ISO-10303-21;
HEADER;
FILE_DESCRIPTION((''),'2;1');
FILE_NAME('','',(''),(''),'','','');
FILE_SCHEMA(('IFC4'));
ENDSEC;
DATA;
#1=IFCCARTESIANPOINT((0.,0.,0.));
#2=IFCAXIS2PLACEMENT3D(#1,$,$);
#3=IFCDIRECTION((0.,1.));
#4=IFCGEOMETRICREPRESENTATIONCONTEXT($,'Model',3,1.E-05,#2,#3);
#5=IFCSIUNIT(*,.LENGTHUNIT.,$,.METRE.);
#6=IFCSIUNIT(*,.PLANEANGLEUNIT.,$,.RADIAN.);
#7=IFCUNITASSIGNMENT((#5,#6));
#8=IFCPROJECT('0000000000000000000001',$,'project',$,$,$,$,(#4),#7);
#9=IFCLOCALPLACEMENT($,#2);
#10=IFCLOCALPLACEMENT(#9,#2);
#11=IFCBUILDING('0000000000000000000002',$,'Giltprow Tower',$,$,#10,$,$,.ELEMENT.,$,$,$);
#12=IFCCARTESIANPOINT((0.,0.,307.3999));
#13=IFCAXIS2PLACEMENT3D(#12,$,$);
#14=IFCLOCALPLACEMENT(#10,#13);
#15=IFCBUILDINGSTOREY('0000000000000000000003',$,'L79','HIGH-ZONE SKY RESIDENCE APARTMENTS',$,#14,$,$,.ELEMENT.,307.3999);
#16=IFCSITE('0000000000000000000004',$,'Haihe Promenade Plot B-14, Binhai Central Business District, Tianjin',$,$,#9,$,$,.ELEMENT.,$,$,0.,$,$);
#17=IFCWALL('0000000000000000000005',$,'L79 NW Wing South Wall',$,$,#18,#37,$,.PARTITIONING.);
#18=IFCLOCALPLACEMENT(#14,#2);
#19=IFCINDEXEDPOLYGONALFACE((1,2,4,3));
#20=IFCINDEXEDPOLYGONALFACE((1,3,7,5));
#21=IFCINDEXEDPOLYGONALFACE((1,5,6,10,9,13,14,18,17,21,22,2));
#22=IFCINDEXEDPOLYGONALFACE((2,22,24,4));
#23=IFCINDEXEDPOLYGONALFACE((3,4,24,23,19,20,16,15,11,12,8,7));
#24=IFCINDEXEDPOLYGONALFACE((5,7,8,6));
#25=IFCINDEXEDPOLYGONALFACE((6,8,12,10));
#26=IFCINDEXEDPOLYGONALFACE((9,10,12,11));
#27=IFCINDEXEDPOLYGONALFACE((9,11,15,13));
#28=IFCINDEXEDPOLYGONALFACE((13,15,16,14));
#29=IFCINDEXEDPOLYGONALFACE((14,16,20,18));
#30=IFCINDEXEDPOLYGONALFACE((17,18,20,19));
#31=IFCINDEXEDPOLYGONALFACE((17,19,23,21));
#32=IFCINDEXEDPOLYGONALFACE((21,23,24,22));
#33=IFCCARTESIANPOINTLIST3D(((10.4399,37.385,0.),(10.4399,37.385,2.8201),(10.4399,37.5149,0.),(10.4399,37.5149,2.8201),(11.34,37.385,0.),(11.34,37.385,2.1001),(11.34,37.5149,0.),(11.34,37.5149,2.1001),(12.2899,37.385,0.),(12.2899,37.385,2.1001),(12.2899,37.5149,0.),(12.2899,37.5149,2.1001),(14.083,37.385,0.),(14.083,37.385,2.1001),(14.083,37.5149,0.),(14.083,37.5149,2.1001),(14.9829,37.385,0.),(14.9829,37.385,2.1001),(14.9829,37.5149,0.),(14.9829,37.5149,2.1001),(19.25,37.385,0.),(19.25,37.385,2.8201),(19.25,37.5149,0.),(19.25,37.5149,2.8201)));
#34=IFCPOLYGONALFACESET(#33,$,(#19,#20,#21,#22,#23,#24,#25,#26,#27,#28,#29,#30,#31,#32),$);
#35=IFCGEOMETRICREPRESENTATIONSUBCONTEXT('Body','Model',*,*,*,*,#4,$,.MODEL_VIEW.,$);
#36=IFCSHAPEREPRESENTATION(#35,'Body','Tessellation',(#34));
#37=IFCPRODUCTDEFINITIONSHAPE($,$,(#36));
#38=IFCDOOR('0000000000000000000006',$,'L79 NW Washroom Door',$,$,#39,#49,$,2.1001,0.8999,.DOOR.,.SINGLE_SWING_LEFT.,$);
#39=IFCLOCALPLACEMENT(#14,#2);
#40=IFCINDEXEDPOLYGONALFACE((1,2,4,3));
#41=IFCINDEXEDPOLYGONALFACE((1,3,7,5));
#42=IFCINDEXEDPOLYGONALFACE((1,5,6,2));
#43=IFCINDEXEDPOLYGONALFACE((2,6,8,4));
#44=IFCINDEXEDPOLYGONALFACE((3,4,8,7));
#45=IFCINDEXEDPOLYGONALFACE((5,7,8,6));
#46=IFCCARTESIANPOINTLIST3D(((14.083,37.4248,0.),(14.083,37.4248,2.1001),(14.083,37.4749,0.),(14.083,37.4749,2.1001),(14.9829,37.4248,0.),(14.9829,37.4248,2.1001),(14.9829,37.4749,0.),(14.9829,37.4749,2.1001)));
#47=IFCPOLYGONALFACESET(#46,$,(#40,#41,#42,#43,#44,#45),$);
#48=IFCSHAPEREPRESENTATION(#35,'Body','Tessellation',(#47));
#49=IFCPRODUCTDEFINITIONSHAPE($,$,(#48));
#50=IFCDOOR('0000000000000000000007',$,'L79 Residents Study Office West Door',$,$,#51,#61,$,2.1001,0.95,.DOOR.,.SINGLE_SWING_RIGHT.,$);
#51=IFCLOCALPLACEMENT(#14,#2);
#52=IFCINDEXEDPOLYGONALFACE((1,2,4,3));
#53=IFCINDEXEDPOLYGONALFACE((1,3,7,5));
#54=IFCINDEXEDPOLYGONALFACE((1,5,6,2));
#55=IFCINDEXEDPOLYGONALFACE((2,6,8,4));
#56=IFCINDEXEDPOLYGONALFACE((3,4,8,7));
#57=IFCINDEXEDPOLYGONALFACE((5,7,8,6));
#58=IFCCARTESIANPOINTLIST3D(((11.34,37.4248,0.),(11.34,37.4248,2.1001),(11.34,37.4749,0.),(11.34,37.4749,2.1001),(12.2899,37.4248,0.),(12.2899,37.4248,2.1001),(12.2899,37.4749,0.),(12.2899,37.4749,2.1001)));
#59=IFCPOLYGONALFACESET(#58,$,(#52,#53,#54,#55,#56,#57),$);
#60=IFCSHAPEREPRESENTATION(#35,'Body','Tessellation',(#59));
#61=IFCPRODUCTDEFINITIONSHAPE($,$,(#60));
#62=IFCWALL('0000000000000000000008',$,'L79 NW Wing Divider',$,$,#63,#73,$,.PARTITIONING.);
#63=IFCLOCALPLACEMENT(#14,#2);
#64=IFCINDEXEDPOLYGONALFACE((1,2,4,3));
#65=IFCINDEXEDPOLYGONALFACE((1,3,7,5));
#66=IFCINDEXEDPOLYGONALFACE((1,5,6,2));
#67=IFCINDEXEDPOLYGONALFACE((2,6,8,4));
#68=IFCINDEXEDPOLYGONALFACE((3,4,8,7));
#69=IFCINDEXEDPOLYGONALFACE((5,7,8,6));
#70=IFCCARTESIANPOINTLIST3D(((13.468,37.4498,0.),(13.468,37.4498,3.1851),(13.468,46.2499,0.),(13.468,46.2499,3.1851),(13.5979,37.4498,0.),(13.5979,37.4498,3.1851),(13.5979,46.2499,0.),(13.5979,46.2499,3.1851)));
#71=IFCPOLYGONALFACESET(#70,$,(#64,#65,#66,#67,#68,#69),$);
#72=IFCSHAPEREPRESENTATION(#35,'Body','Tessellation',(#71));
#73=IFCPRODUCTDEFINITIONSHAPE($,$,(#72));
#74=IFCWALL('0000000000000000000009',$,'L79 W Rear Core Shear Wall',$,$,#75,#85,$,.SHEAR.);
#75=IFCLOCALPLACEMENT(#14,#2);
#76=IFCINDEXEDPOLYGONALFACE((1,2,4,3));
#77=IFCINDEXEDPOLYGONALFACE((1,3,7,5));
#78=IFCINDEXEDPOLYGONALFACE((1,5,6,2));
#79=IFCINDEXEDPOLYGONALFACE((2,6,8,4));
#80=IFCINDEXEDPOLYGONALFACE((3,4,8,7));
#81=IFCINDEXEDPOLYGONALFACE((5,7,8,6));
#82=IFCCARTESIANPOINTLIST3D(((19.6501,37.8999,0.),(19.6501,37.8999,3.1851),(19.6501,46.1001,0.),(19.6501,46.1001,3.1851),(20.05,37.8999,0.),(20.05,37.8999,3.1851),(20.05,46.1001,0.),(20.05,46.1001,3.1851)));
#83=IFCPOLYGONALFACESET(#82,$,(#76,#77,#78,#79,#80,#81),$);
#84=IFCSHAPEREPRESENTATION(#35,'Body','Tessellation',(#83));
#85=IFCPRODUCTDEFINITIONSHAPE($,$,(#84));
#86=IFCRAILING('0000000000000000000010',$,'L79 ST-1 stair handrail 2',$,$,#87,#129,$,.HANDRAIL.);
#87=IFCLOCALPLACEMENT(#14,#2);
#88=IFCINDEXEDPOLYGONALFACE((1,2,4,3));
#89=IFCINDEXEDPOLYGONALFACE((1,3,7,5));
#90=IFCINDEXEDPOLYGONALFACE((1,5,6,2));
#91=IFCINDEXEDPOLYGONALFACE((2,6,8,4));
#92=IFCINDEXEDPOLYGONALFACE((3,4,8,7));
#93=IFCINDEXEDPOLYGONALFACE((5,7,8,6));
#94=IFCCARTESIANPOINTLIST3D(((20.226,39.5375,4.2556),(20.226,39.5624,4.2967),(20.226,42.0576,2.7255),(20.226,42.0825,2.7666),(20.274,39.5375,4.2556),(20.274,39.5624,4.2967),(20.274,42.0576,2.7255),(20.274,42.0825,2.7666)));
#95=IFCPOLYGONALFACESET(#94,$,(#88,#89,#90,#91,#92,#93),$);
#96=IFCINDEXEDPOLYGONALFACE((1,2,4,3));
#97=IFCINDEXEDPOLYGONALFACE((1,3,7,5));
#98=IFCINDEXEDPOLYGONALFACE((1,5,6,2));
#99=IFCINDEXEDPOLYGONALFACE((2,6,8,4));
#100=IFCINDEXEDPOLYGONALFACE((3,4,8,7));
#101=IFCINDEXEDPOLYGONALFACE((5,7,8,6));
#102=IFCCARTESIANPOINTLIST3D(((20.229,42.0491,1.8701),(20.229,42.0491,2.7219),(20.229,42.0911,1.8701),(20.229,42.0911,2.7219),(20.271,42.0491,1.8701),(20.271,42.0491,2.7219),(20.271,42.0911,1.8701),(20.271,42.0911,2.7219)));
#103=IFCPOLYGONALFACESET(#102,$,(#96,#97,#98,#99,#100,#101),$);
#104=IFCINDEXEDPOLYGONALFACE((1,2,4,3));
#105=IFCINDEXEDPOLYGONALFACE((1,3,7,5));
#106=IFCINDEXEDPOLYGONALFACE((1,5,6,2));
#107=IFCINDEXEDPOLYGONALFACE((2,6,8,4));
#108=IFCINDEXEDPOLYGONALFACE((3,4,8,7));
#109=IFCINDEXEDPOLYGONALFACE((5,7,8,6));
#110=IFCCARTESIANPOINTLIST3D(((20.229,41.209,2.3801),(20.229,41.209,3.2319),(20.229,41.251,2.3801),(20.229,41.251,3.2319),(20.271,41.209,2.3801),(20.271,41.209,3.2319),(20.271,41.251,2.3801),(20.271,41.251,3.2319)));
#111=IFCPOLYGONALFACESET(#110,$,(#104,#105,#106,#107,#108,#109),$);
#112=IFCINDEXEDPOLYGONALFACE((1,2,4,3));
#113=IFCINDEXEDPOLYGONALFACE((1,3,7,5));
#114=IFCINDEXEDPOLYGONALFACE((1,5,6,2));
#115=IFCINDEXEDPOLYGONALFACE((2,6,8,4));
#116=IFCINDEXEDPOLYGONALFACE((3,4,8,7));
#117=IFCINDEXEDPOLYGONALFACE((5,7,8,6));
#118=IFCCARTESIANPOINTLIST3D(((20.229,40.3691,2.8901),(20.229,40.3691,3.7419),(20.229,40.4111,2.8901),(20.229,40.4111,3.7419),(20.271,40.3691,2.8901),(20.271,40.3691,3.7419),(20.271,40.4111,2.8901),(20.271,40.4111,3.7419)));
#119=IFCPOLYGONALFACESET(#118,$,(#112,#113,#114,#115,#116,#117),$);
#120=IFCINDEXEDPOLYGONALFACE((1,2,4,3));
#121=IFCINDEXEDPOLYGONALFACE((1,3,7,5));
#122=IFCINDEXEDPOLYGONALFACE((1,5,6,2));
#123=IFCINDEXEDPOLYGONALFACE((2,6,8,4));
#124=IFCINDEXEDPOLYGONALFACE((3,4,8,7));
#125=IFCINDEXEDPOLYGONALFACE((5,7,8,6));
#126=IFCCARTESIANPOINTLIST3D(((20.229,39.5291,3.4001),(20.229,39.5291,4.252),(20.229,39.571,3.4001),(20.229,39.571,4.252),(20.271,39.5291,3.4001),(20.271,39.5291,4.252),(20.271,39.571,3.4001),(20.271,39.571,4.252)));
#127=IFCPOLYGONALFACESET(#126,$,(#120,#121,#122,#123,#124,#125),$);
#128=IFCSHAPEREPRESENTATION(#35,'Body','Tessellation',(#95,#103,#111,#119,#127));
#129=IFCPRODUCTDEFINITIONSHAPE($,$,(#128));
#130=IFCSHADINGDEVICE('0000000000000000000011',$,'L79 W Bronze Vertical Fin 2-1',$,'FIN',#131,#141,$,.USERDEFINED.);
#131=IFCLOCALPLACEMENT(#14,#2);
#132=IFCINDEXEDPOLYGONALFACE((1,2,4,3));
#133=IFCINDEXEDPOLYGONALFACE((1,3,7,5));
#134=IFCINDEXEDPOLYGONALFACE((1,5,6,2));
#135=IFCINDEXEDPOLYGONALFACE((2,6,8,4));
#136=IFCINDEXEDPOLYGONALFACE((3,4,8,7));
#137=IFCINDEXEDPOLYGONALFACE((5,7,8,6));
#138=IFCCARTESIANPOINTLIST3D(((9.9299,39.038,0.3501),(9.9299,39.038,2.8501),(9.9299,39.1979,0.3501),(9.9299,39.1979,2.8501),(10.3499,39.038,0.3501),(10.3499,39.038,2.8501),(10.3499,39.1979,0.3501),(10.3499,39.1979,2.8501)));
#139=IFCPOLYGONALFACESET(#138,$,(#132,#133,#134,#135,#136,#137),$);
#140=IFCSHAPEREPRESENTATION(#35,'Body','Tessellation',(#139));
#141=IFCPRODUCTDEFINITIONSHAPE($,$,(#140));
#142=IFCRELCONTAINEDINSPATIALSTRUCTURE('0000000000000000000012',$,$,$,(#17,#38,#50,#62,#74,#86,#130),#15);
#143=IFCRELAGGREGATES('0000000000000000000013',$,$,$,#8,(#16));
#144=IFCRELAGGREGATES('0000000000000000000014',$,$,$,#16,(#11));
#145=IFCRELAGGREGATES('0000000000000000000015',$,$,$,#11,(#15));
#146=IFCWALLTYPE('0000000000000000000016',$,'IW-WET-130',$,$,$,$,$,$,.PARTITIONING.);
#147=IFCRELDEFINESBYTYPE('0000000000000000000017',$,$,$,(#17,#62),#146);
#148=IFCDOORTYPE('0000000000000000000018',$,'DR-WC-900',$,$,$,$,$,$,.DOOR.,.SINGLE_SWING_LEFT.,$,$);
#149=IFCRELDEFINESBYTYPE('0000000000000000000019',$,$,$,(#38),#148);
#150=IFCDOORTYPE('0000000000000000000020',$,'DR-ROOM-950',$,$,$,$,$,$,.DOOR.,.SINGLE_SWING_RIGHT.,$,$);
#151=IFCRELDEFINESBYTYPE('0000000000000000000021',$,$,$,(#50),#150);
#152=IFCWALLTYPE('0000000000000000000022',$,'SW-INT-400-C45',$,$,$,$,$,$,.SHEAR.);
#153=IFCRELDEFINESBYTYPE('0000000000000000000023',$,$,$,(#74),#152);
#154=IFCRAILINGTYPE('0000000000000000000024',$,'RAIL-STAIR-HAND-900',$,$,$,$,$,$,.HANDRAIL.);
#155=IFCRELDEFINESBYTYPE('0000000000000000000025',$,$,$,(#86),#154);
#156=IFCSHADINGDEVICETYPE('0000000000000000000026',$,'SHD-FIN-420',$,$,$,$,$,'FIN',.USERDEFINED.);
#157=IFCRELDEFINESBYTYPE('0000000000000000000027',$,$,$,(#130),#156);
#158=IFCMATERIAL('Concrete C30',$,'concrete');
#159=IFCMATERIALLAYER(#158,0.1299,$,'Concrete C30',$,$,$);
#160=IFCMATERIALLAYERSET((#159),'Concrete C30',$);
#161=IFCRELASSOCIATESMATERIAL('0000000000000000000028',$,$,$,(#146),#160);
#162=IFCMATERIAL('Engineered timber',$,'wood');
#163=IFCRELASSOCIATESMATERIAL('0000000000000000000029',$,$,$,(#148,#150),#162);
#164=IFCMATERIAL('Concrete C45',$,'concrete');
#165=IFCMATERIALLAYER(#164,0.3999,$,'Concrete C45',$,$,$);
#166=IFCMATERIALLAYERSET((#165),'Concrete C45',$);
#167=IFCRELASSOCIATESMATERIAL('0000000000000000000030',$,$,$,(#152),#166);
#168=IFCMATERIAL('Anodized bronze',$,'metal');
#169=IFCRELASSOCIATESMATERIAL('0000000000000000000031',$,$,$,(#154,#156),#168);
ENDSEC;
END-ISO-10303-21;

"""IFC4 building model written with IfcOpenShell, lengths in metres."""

from ifc_helpers import new_model, si_unit, direction, frame, frame_2d, origin, origin_2d, place, context, subcontext, project, spatial, rectangle, extrude, source, transform, mapped, material, layer, layer_set, type_object, element, fill, save


model = new_model("IFC4")

# Units and contexts
model_context = context("Model", 3, precision=1e-05, world=origin(), true_north=direction((0.0, 1.0)))
body_context = subcontext(model_context, "Body", "Model", "MODEL_VIEW")
ifc_project = project(units=[si_unit("LENGTHUNIT", "METRE"), si_unit("PLANEANGLEUNIT", "RADIAN")], contexts=[model_context])

# Site, building, storey
site_placement = place(None, origin())
site = spatial("IfcSite", under=ifc_project, at=site_placement, Name="Haihe Promenade Plot B-14, Binhai Central Business District, Tianjin", CompositionType="ELEMENT", RefElevation=0.0)
building_placement = place(site_placement, origin())
building = spatial("IfcBuilding", under=site, at=building_placement, Name="Giltprow Tower", CompositionType="ELEMENT")
storey_placement = place(building_placement, frame((0.0, 0.0, 307.3999)))
storey = spatial("IfcBuildingStorey", under=building, at=storey_placement, Name="L79", Description="HIGH-ZONE SKY RESIDENCE APARTMENTS", CompositionType="ELEMENT", Elevation=307.3999)

# Shared definitions
ifc_material_1 = material(Name="Concrete C45", Category="concrete")

# Shared definitions
ifc_material_2 = material(Name="Engineered timber", Category="wood")

# Wall, openings, doors
ifc_material_3 = material(Name="Concrete C30", Category="concrete")
ifc_layer_1 = layer(ifc_material_3, 0.1299, Name="Concrete C30")
ifc_layer_set_1 = layer_set([ifc_layer_1], Name="Concrete C30")
wall_type_1 = type_object("IfcWallType", Name="IW-WET-130", PredefinedType="PARTITIONING", material=ifc_layer_set_1)
wall_1_placement = place(storey_placement, frame((10.4399, 37.45, 0.0), z_axis=(0.0, 0.0, 1.0), x_axis=(1.0, 0.0, 0.0)))
wall_1 = element("IfcWall", 1, at=wall_1_placement, inside=storey, type_object=wall_type_1, Name="L79 NW Wing South Wall", PredefinedType="PARTITIONING", context=body_context, shape_type="SweptSolid", body=[
    extrude(rectangle(XDim=8.8101, YDim=0.1299, at=frame_2d((4.405, 0.0))), origin(), (0.0, 0.0, 1.0), 2.8201),
])
opening_1_placement = place(wall_1_placement, frame((0.8999, 0.0, 0.0)))
opening_1 = element("IfcOpeningElement", 2, at=opening_1_placement, cuts=wall_1, PredefinedType="OPENING", context=body_context, shape_type="SweptSolid", body=[
    extrude(rectangle(XDim=0.95, YDim=2.1001, at=frame_2d((0.4751, 1.05))), frame((0.0, 0.075, 0.0), z_axis=(0.0, -1.0, 0.0), x_axis=(1.0, 0.0, 0.0)), (0.0, 0.0, 1.0), 0.1499),
])
opening_2_placement = place(wall_1_placement, frame((3.6431, 0.0, 0.0)))
opening_2 = element("IfcOpeningElement", 3, at=opening_2_placement, cuts=wall_1, PredefinedType="OPENING", context=body_context, shape_type="SweptSolid", body=[
    extrude(rectangle(XDim=0.8999, YDim=2.1001, at=frame_2d((0.45, 1.05))), frame((0.0, 0.075, 0.0), z_axis=(0.0, -1.0, 0.0), x_axis=(1.0, 0.0, 0.0)), (0.0, 0.0, 1.0), 0.1499),
])
door_type_1 = type_object("IfcDoorType", Name="DR-WC-900", OperationType="SINGLE_SWING_LEFT", PredefinedType="DOOR", material=ifc_material_2)
shared_shape_1 = source(origin(), body_context, "Body", "SweptSolid", [
    extrude(rectangle(XDim=0.8999, YDim=2.1001, at=frame_2d((0.45, 1.05))), frame((0.0, 0.0249, 0.0), z_axis=(0.0, -1.0, 0.0), x_axis=(1.0, 0.0, 0.0)), (0.0, 0.0, 1.0), 0.05),
])
door_1_placement = place(opening_2_placement, origin())
door_1 = element("IfcDoor", 4, at=door_1_placement, inside=storey, type_object=door_type_1, Name="L79 NW Washroom Door", OperationType="SINGLE_SWING_LEFT", OverallHeight=2.1001, OverallWidth=0.8999, PredefinedType="DOOR", context=body_context, shape_type="MappedRepresentation", body=[
    mapped(shared_shape_1, transform((0.0, 0.0, 0.0), x_axis=(1.0, 0.0, 0.0), y_axis=(0.0, 1.0, 0.0), z_axis=(0.0, 0.0, 1.0), scale=1.0)),
])
fill(opening_2, door_1)
door_type_2 = type_object("IfcDoorType", Name="DR-ROOM-950", OperationType="SINGLE_SWING_RIGHT", PredefinedType="DOOR", material=ifc_material_2)
shared_shape_2 = source(origin(), body_context, "Body", "SweptSolid", [
    extrude(rectangle(XDim=0.95, YDim=2.1001, at=frame_2d((0.4751, 1.05))), frame((0.0, 0.0249, 0.0), z_axis=(0.0, -1.0, 0.0), x_axis=(1.0, 0.0, 0.0)), (0.0, 0.0, 1.0), 0.05),
])
door_2_placement = place(opening_1_placement, origin())
door_2 = element("IfcDoor", 5, at=door_2_placement, inside=storey, type_object=door_type_2, Name="L79 Residents Study Office West Door", OperationType="SINGLE_SWING_RIGHT", OverallHeight=2.1001, OverallWidth=0.95, PredefinedType="DOOR", context=body_context, shape_type="MappedRepresentation", body=[
    mapped(shared_shape_2, transform((0.0, 0.0, 0.0), x_axis=(1.0, 0.0, 0.0), y_axis=(0.0, 1.0, 0.0), z_axis=(0.0, 0.0, 1.0), scale=1.0)),
])
fill(opening_1, door_2)

# Wall
wall_2_placement = place(storey_placement, frame((13.533, 37.45, 0.0), z_axis=(0.0, 0.0, 1.0), x_axis=(0.0, 1.0, 0.0)))
element("IfcWall", 6, at=wall_2_placement, inside=storey, type_object=wall_type_1, Name="L79 NW Wing Divider", PredefinedType="PARTITIONING", context=body_context, shape_type="SweptSolid", body=[
    extrude(rectangle(XDim=8.8, YDim=0.1299, at=frame_2d((4.3999, 0.0))), origin(), (0.0, 0.0, 1.0), 3.1851),
])

# Shared definitions
ifc_layer_2 = layer(ifc_material_1, 0.3999, Name="Concrete C45")
ifc_layer_set_2 = layer_set([ifc_layer_2], Name="Concrete C45")
wall_type_2 = type_object("IfcWallType", Name="SW-INT-400-C45", PredefinedType="SHEAR", material=ifc_layer_set_2)

# Wall
wall_3_placement = place(storey_placement, frame((19.8501, 37.8999, 0.0), z_axis=(0.0, 0.0, 1.0), x_axis=(0.0, 1.0, 0.0)))
element("IfcWall", 7, at=wall_3_placement, inside=storey, type_object=wall_type_2, Name="L79 W Rear Core Shear Wall", PredefinedType="SHEAR", context=body_context, shape_type="SweptSolid", body=[
    extrude(rectangle(XDim=8.2002, YDim=0.3999, at=frame_2d((4.1001, 0.0))), origin(), (0.0, 0.0, 1.0), 3.1851),
])

# Railing
ifc_material_4 = material(Name="Anodized bronze", Category="metal")
railing_type = type_object("IfcRailingType", Name="RAIL-STAIR-HAND-900", PredefinedType="HANDRAIL", material=ifc_material_4)
railing_placement = place(storey_placement, frame((20.25, 42.0701, 1.8701)))
element("IfcRailing", 8, at=railing_placement, inside=storey, type_object=railing_type, Name="L79 ST-1 stair handrail 2", PredefinedType="HANDRAIL", context=body_context, shape_type="SweptSolid", body=[
    extrude(rectangle(XDim=0.0481, YDim=0.0481, at=origin_2d()), frame((0.0, 0.0, 0.876), z_axis=(0.0, -0.854785, 0.518982), x_axis=(1.0, 0.0, 0.0)), (0.0, 0.0, 1.0), 2.9482),
    extrude(rectangle(XDim=0.042, YDim=0.042, at=origin_2d()), origin(), (0.0, 0.0, 1.0), 0.8518),
    extrude(rectangle(XDim=0.042, YDim=0.042, at=origin_2d()), frame((0.0, -0.8401, 0.51)), (0.0, 0.0, 1.0), 0.8518),
    extrude(rectangle(XDim=0.042, YDim=0.042, at=origin_2d()), frame((0.0, -1.6799, 1.02)), (0.0, 0.0, 1.0), 0.8518),
    extrude(rectangle(XDim=0.042, YDim=0.042, at=origin_2d()), frame((0.0, -2.52, 1.53)), (0.0, 0.0, 1.0), 0.8518),
])

# Shading device
shading_device_type = type_object("IfcShadingDeviceType", Name="SHD-FIN-420", ElementType="FIN", PredefinedType="USERDEFINED", material=ifc_material_4)
shared_shape_3 = source(origin(), body_context, "Body", "SweptSolid", [
    extrude(rectangle(XDim=0.4199, YDim=0.1599, at=origin_2d()), origin(), (0.0, 0.0, 1.0), 2.5),
])
shading_device_placement = place(storey_placement, frame((10.1399, 39.1179, 0.3501), z_axis=(0.0, 0.0, 1.0), x_axis=(1.0, 0.0, 0.0)))
element("IfcShadingDevice", 9, at=shading_device_placement, inside=storey, type_object=shading_device_type, Name="L79 W Bronze Vertical Fin 2-1", ObjectType="FIN", PredefinedType="USERDEFINED", context=body_context, shape_type="MappedRepresentation", body=[
    mapped(shared_shape_3, transform((0.0, 0.0, 0.0), x_axis=(1.0, 0.0, 0.0), y_axis=(0.0, 1.0, 0.0), z_axis=(0.0, 0.0, 1.0), scale=1.0)),
])

save(model, "model.ifc")
